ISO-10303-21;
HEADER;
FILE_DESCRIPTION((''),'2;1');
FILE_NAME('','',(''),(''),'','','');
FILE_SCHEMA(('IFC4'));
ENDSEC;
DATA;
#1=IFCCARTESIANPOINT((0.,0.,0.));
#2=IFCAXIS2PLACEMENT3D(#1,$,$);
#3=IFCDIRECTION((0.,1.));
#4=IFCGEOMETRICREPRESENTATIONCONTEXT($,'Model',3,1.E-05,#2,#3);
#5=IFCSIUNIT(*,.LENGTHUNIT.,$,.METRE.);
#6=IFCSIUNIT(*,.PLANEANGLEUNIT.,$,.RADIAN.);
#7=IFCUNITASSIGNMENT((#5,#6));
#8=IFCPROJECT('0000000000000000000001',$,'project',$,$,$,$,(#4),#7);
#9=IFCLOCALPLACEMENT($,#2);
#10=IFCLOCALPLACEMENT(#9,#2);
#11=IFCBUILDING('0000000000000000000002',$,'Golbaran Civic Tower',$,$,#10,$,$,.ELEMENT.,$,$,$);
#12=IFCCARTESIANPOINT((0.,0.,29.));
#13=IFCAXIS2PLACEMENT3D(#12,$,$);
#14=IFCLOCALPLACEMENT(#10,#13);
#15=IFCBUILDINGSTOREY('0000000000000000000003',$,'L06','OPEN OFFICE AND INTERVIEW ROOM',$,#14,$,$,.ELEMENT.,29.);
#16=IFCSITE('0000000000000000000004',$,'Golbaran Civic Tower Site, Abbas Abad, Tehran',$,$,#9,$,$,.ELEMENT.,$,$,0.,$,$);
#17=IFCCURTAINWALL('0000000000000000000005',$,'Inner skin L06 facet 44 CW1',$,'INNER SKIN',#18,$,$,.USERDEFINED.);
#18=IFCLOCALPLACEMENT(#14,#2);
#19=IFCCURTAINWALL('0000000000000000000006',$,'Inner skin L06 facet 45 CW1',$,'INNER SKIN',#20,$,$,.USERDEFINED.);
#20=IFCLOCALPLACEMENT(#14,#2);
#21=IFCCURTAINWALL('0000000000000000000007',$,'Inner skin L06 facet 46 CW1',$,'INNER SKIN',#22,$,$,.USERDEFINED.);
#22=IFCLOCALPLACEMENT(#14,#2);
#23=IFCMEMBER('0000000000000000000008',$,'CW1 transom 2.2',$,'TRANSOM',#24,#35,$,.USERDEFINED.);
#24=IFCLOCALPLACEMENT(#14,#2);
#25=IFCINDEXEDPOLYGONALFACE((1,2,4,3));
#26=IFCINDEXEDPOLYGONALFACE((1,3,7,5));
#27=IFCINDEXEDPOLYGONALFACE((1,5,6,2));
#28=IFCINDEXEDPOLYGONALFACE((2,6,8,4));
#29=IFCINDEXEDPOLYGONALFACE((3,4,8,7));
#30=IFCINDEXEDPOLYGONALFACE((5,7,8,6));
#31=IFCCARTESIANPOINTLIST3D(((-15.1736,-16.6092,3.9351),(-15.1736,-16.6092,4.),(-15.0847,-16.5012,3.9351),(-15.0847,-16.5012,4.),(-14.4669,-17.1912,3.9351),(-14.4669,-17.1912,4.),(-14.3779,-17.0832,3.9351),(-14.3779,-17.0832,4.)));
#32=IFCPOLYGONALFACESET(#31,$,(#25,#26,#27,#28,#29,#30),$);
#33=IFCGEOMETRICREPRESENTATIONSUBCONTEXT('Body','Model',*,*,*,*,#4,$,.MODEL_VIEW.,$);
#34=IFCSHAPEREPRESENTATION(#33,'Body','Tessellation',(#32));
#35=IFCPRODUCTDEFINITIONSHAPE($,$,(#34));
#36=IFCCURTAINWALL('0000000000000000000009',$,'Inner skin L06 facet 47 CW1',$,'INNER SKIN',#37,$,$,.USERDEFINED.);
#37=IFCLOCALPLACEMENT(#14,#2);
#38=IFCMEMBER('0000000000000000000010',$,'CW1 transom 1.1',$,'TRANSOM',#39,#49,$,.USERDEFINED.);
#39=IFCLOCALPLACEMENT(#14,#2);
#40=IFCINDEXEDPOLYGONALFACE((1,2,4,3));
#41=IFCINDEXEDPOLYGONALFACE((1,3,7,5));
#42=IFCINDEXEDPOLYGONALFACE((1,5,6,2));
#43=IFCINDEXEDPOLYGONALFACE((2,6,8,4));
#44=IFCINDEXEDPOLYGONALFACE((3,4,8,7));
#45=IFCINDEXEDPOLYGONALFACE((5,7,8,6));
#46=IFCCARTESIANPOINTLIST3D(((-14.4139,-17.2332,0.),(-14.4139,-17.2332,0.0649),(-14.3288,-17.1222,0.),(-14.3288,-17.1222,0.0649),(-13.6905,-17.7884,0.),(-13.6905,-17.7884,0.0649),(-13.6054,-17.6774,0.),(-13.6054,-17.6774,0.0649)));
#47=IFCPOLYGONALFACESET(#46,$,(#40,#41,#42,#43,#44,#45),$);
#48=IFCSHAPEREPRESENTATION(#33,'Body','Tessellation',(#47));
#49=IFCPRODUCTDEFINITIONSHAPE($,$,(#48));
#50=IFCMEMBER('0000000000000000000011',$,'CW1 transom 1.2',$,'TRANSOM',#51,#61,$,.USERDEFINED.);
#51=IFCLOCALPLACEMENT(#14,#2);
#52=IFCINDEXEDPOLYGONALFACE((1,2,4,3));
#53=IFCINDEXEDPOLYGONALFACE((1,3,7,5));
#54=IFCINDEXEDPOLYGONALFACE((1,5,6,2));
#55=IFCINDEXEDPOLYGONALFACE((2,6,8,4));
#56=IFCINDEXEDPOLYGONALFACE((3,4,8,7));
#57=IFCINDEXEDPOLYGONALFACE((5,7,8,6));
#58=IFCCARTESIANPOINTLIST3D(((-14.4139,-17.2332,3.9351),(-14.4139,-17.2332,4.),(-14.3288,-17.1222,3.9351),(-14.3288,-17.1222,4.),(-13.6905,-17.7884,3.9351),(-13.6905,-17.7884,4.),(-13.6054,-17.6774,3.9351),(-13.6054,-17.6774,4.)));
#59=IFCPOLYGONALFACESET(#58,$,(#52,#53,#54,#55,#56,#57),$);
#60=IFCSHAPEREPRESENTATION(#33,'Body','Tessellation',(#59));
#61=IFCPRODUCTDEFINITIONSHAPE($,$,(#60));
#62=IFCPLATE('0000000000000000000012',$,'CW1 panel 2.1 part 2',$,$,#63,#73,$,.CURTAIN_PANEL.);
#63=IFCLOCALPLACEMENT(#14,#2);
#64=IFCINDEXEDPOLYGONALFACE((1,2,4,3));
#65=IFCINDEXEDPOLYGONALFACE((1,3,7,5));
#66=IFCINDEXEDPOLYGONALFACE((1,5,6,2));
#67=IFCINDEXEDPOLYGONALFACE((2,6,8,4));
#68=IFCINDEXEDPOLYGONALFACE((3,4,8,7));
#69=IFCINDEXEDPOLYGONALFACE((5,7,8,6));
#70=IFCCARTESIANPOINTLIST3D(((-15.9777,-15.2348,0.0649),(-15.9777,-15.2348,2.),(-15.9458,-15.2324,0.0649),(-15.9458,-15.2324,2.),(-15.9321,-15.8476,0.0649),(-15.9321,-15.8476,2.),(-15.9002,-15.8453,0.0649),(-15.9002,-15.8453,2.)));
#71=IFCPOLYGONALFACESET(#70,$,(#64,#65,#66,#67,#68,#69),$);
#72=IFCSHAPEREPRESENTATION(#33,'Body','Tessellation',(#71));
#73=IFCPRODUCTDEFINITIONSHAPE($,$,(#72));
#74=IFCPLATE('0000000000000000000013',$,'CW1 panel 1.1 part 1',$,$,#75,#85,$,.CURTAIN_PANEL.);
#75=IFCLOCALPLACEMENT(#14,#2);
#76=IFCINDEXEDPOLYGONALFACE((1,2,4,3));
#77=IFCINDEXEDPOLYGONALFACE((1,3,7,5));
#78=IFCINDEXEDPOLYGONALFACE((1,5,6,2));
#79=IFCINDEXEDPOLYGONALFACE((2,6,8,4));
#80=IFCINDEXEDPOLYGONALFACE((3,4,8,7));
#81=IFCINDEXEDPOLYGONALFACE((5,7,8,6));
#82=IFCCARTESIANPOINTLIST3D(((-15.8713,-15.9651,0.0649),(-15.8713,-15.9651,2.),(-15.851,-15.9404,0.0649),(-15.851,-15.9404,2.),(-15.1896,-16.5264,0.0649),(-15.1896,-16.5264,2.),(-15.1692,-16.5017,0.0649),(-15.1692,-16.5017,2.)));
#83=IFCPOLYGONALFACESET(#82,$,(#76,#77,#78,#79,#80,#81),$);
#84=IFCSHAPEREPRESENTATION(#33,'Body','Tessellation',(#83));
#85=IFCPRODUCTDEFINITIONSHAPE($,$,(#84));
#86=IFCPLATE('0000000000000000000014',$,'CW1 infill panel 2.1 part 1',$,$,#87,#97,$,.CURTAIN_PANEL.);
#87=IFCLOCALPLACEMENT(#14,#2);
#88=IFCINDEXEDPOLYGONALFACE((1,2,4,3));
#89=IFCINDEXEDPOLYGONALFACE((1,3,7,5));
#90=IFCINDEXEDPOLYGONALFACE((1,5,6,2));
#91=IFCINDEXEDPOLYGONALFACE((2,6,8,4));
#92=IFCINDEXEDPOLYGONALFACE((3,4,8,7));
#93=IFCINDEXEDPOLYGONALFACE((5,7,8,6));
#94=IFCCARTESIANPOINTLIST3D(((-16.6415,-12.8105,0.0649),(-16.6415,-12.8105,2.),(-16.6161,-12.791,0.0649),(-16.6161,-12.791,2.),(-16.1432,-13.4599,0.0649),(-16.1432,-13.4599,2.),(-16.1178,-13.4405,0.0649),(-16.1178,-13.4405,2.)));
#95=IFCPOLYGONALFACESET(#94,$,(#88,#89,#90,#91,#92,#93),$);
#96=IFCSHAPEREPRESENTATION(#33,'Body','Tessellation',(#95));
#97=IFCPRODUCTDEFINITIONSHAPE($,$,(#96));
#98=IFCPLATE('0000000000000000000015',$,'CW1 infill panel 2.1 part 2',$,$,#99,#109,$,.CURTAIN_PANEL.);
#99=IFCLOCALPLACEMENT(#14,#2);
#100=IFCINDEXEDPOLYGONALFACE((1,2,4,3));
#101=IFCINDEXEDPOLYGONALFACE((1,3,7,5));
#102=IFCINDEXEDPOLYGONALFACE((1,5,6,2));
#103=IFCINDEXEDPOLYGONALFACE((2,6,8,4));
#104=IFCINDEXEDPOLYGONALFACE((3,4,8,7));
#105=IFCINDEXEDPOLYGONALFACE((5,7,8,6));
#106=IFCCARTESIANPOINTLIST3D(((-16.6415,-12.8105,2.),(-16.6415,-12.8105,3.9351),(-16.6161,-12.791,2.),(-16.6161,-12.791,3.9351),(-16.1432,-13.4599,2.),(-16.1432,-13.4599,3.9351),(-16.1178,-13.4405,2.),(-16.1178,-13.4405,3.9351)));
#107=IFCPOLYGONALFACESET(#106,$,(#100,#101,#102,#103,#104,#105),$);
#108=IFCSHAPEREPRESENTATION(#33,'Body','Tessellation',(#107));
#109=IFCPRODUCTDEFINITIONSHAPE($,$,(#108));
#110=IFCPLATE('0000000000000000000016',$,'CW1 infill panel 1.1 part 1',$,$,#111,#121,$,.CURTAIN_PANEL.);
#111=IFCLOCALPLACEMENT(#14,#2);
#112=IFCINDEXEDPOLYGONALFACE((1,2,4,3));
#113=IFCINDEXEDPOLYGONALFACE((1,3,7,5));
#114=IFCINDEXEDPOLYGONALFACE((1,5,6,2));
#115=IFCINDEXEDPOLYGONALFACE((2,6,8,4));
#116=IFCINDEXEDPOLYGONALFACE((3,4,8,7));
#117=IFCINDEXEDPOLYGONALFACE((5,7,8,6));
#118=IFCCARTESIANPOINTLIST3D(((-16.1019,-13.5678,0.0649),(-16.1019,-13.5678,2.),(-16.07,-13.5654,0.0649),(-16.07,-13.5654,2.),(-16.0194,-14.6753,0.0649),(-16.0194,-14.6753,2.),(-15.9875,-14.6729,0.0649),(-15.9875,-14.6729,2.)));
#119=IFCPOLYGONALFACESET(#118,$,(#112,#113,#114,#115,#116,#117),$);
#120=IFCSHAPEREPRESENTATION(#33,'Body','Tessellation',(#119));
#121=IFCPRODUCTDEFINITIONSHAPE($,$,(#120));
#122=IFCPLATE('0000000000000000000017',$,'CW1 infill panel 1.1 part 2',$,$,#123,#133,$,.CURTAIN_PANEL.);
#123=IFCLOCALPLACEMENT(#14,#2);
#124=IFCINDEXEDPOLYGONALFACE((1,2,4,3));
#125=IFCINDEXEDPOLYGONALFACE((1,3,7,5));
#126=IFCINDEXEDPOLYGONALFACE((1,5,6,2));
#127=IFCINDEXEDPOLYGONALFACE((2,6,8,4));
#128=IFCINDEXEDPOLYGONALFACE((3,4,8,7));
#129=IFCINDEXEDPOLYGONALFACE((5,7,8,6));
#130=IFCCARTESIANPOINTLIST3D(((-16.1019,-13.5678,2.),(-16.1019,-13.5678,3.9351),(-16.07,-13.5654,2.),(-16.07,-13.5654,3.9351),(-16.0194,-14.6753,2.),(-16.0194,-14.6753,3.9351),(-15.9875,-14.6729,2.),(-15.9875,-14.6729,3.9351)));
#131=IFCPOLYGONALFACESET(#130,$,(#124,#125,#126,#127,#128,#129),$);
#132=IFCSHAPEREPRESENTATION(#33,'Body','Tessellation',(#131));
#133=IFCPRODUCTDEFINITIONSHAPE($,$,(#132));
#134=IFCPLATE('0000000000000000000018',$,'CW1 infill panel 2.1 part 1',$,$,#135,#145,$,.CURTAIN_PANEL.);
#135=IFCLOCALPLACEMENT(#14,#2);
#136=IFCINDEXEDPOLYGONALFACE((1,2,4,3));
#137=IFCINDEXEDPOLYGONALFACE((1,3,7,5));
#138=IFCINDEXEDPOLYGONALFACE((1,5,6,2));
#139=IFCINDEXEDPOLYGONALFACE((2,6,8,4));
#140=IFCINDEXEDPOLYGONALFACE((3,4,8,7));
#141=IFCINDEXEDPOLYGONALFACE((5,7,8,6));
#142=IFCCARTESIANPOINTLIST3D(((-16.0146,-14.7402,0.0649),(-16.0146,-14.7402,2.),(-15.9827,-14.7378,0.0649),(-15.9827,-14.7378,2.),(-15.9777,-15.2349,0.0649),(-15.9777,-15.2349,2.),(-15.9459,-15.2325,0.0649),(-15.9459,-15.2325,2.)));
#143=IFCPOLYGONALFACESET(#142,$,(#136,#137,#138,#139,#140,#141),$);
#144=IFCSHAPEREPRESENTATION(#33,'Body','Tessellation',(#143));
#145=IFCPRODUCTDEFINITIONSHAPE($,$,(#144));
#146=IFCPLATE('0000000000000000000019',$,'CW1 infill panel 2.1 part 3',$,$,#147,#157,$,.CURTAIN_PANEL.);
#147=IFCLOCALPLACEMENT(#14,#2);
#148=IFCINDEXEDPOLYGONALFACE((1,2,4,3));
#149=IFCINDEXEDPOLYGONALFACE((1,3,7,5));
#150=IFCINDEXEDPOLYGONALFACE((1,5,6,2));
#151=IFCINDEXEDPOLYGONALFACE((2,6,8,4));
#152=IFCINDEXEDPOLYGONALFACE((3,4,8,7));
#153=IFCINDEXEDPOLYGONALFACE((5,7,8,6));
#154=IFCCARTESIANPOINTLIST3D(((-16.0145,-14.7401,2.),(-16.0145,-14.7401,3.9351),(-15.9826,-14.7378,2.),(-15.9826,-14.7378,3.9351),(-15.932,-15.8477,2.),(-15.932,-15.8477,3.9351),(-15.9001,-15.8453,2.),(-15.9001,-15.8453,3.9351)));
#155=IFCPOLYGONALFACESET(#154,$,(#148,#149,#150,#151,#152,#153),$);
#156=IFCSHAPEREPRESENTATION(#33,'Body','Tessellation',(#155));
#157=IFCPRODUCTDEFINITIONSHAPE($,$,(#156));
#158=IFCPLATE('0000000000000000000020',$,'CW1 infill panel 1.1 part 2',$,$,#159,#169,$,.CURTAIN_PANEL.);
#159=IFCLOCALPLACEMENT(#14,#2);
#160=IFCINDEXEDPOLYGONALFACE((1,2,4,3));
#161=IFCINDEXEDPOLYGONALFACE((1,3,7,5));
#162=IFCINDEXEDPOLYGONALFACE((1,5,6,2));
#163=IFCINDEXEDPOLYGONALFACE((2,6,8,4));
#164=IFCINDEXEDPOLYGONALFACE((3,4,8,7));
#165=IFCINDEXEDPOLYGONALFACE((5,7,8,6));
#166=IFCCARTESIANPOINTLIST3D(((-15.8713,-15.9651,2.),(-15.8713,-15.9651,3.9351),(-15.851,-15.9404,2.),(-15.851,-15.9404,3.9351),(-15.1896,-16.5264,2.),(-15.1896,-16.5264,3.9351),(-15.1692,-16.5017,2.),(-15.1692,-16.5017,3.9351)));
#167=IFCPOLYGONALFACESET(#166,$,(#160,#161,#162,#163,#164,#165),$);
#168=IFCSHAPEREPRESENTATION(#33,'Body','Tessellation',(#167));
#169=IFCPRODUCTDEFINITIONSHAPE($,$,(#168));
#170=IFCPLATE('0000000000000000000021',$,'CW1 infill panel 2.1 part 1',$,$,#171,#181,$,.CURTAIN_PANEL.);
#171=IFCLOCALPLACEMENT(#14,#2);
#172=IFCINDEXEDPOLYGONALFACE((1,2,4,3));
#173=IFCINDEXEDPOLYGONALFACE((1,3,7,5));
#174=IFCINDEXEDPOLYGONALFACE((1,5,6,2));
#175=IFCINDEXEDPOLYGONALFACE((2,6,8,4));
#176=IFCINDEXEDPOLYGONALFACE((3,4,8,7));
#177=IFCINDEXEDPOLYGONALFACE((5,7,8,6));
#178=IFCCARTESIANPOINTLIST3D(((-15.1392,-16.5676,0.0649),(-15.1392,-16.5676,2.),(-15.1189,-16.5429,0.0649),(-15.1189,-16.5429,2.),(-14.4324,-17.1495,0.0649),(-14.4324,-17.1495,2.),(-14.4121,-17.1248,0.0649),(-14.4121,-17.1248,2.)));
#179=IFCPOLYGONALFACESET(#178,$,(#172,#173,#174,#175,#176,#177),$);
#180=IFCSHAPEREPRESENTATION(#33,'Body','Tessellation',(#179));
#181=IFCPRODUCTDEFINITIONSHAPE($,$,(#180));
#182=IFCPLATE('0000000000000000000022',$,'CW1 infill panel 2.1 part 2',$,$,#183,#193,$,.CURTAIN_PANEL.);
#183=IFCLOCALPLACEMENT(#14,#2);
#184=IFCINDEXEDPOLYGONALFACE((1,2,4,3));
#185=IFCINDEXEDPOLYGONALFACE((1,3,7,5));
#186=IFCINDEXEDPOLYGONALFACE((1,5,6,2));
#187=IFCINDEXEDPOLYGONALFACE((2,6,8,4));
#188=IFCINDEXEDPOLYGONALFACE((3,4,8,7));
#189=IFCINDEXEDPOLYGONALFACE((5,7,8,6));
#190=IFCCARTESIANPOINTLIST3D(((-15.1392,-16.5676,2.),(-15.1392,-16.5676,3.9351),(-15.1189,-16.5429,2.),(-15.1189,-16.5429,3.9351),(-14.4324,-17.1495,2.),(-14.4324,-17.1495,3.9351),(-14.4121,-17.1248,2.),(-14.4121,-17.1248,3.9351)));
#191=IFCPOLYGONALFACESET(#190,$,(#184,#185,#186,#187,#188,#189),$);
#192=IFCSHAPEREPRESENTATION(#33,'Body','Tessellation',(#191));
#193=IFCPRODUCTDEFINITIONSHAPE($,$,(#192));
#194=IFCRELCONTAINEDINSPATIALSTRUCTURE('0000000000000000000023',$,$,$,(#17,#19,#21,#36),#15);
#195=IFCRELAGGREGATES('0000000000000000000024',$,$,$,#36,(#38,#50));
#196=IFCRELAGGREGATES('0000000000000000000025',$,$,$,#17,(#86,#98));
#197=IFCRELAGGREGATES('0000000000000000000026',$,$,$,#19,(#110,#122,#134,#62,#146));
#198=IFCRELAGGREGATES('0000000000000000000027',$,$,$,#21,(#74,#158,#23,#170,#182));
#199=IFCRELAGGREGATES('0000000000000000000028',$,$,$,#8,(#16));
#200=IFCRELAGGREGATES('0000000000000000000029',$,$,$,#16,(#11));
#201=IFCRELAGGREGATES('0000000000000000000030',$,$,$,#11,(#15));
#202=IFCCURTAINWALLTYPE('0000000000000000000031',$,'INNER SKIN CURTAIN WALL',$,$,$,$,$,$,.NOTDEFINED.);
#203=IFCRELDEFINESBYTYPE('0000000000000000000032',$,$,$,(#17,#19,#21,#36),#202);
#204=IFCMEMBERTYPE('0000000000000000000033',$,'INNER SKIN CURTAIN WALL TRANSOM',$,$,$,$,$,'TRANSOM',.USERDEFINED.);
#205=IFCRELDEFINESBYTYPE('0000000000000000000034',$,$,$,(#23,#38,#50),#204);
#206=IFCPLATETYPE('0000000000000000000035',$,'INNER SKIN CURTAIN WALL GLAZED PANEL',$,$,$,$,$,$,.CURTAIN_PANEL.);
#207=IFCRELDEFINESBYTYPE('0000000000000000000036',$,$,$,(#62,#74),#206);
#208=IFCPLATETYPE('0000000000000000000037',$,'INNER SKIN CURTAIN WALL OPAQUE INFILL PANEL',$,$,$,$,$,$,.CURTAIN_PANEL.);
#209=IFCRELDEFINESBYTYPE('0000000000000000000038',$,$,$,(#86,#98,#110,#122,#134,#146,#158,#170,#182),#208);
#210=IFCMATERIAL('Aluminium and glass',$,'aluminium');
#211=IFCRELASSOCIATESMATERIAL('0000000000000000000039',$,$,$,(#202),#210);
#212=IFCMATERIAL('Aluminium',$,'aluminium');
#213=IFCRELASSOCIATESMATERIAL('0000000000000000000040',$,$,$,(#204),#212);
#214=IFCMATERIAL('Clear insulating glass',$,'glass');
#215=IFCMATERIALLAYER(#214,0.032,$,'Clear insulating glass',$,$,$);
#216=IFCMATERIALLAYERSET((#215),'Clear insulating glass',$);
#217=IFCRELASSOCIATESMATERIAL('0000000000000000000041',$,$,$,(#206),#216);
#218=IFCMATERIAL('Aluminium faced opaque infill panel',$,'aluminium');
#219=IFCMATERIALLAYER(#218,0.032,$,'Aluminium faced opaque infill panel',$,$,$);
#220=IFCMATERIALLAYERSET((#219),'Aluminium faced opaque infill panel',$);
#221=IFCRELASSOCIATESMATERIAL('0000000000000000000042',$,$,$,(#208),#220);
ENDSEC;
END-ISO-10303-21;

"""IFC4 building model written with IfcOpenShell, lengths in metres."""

from ifc_helpers import new_model, si_unit, direction, frame, origin, origin_2d, place, context, subcontext, project, spatial, rectangle, extrude, material, layer, layer_set, material_profile, profile_set, type_object, element, aggregate, save


model = new_model("IFC4")

# Units and contexts
model_context = context("Model", 3, precision=1e-05, world=origin(), true_north=direction((0.0, 1.0)))
body_context = subcontext(model_context, "Body", "Model", "MODEL_VIEW")
ifc_project = project(units=[si_unit("LENGTHUNIT", "METRE"), si_unit("PLANEANGLEUNIT", "RADIAN")], contexts=[model_context])

# Site, building, storey
site_placement = place(None, origin())
site = spatial("IfcSite", under=ifc_project, at=site_placement, Name="Golbaran Civic Tower Site, Abbas Abad, Tehran", CompositionType="ELEMENT", RefElevation=0.0)
building_placement = place(site_placement, origin())
building = spatial("IfcBuilding", under=site, at=building_placement, Name="Golbaran Civic Tower", CompositionType="ELEMENT")
storey_placement = place(building_placement, frame((0.0, 0.0, 29.0)))
storey = spatial("IfcBuildingStorey", under=building, at=storey_placement, Name="L06", Description="OPEN OFFICE AND INTERVIEW ROOM", CompositionType="ELEMENT", Elevation=29.0)

# Curtain wall
ifc_material_1 = material(Name="Aluminium and glass", Category="aluminium")
curtain_wall_type = type_object("IfcCurtainWallType", Name="INNER SKIN CURTAIN WALL", PredefinedType="NOTDEFINED", material=ifc_material_1)
curtain_wall_1_placement = place(storey_placement, origin())
curtain_wall_1 = element("IfcCurtainWall", 1, at=curtain_wall_1_placement, inside=storey, type_object=curtain_wall_type, Name="Inner skin L06 facet 44 CW1", ObjectType="INNER SKIN", PredefinedType="USERDEFINED")
ifc_material_2 = material(Name="Aluminium", Category="aluminium")

# Curtain walls
curtain_wall_2_placement = place(storey_placement, origin())
curtain_wall_2 = element("IfcCurtainWall", 2, at=curtain_wall_2_placement, inside=storey, type_object=curtain_wall_type, Name="Inner skin L06 facet 45 CW1", ObjectType="INNER SKIN", PredefinedType="USERDEFINED")
curtain_wall_3_placement = place(storey_placement, origin())
curtain_wall_3 = element("IfcCurtainWall", 3, at=curtain_wall_3_placement, inside=storey, type_object=curtain_wall_type, Name="Inner skin L06 facet 46 CW1", ObjectType="INNER SKIN", PredefinedType="USERDEFINED")

# Member
ifc_material_profile_1 = material_profile(ifc_material_2, rectangle(XDim=0.1399, YDim=0.0649, at=origin_2d()), Name="INNER SKIN CURTAIN WALL TRANSOM")
ifc_profile_set_1 = profile_set([ifc_material_profile_1], Name="Aluminium")
member_type_1 = type_object("IfcMemberType", Name="INNER SKIN CURTAIN WALL TRANSOM", ElementType="TRANSOM", PredefinedType="USERDEFINED", material=ifc_profile_set_1)
member_1_placement = place(storey_placement, frame((-15.1292, -16.5552, 3.9675), z_axis=(0.771946, -0.635689, 0.0), x_axis=(0.635689, 0.771946, 0.0)))
member_1 = element("IfcMember", 4, at=member_1_placement, type_object=member_type_1, Name="CW1 transom 2.2", ObjectType="TRANSOM", PredefinedType="USERDEFINED", context=body_context, shape_type="SweptSolid", body=[
    extrude(rectangle(XDim=0.1399, YDim=0.0649, at=origin_2d()), origin(), (0.0, 0.0, 1.0), 0.9155),
])

# Curtain wall, members
curtain_wall_4_placement = place(storey_placement, origin())
curtain_wall_4 = element("IfcCurtainWall", 5, at=curtain_wall_4_placement, inside=storey, type_object=curtain_wall_type, Name="Inner skin L06 facet 47 CW1", ObjectType="INNER SKIN", PredefinedType="USERDEFINED")
member_2_placement = place(storey_placement, frame((-14.3713, -17.1777, 0.0325), z_axis=(0.7933, -0.608831, 0.0), x_axis=(0.608831, 0.7933, 0.0)))
member_2 = element("IfcMember", 6, at=member_2_placement, type_object=member_type_1, Name="CW1 transom 1.1", ObjectType="TRANSOM", PredefinedType="USERDEFINED", context=body_context, shape_type="SweptSolid", body=[
    extrude(rectangle(XDim=0.1399, YDim=0.0649, at=origin_2d()), origin(), (0.0, 0.0, 1.0), 0.9119),
])
member_3_placement = place(storey_placement, frame((-14.3713, -17.1777, 3.9675), z_axis=(0.7933, -0.608831, 0.0), x_axis=(0.608831, 0.7933, 0.0)))
member_3 = element("IfcMember", 7, at=member_3_placement, type_object=member_type_1, Name="CW1 transom 1.2", ObjectType="TRANSOM", PredefinedType="USERDEFINED", context=body_context, shape_type="SweptSolid", body=[
    extrude(rectangle(XDim=0.1399, YDim=0.0649, at=origin_2d()), origin(), (0.0, 0.0, 1.0), 0.9119),
])
aggregate(curtain_wall_4, [member_2, member_3])

# Plates
ifc_material_3 = material(Name="Clear insulating glass", Category="glass")
ifc_layer_1 = layer(ifc_material_3, 0.032, Name="Clear insulating glass")
ifc_layer_set_1 = layer_set([ifc_layer_1], Name="Clear insulating glass")
plate_type_1 = type_object("IfcPlateType", Name="INNER SKIN CURTAIN WALL GLAZED PANEL", PredefinedType="CURTAIN_PANEL", material=ifc_layer_set_1)
plate_1_placement = place(storey_placement, frame((-15.939, -15.54, 0.0649), z_axis=(0.0, 0.0, 1.0), x_axis=(0.074267, -0.997238, 0.0)))
plate_1 = element("IfcPlate", 8, at=plate_1_placement, type_object=plate_type_1, Name="CW1 panel 2.1 part 2", PredefinedType="CURTAIN_PANEL", context=body_context, shape_type="SweptSolid", body=[
    extrude(rectangle(XDim=0.6145, YDim=0.032, at=origin_2d()), origin(), (0.0, 0.0, 1.0), 1.9351),
])
plate_2_placement = place(storey_placement, frame((-15.5203, -16.2334, 0.0649), z_axis=(0.0, 0.0, 1.0), x_axis=(0.772032, -0.635583, 0.0)))
plate_2 = element("IfcPlate", 9, at=plate_2_placement, type_object=plate_type_1, Name="CW1 panel 1.1 part 1", PredefinedType="CURTAIN_PANEL", context=body_context, shape_type="SweptSolid", body=[
    extrude(rectangle(XDim=0.8831, YDim=0.032, at=origin_2d()), origin(), (0.0, 0.0, 1.0), 1.9351),
])
ifc_material_4 = material(Name="Aluminium faced opaque infill panel", Category="aluminium")
ifc_layer_2 = layer(ifc_material_4, 0.032, Name="Aluminium faced opaque infill panel")
ifc_layer_set_2 = layer_set([ifc_layer_2], Name="Aluminium faced opaque infill panel")
plate_type_2 = type_object("IfcPlateType", Name="INNER SKIN CURTAIN WALL OPAQUE INFILL PANEL", PredefinedType="CURTAIN_PANEL", material=ifc_layer_set_2)
plate_3_placement = place(storey_placement, frame((-16.3796, -13.1255, 0.0649), z_axis=(0.0, 0.0, 1.0), x_axis=(0.608761, -0.793353, 0.0)))
plate_3 = element("IfcPlate", 10, at=plate_3_placement, type_object=plate_type_2, Name="CW1 infill panel 2.1 part 1", PredefinedType="CURTAIN_PANEL", context=body_context, shape_type="SweptSolid", body=[
    extrude(rectangle(XDim=0.8186, YDim=0.032, at=origin_2d()), origin(), (0.0, 0.0, 1.0), 1.9351),
])
plate_4_placement = place(storey_placement, frame((-16.3796, -13.1255, 2.0), z_axis=(0.0, 0.0, 1.0), x_axis=(0.608761, -0.793353, 0.0)))
plate_4 = element("IfcPlate", 11, at=plate_4_placement, type_object=plate_type_2, Name="CW1 infill panel 2.1 part 2", PredefinedType="CURTAIN_PANEL", context=body_context, shape_type="SweptSolid", body=[
    extrude(rectangle(XDim=0.8186, YDim=0.032, at=origin_2d()), origin(), (0.0, 0.0, 1.0), 1.9351),
])
aggregate(curtain_wall_1, [plate_3, plate_4])
plate_5_placement = place(storey_placement, frame((-16.0447, -14.1204, 0.0649), z_axis=(0.0, 0.0, 1.0), x_axis=(0.074267, -0.997238, 0.0)))
plate_5 = element("IfcPlate", 12, at=plate_5_placement, type_object=plate_type_2, Name="CW1 infill panel 1.1 part 1", PredefinedType="CURTAIN_PANEL", context=body_context, shape_type="SweptSolid", body=[
    extrude(rectangle(XDim=1.1106, YDim=0.032, at=origin_2d()), origin(), (0.0, 0.0, 1.0), 1.9351),
])
plate_6_placement = place(storey_placement, frame((-16.0447, -14.1204, 2.0), z_axis=(0.0, 0.0, 1.0), x_axis=(0.074267, -0.997238, 0.0)))
plate_6 = element("IfcPlate", 13, at=plate_6_placement, type_object=plate_type_2, Name="CW1 infill panel 1.1 part 2", PredefinedType="CURTAIN_PANEL", context=body_context, shape_type="SweptSolid", body=[
    extrude(rectangle(XDim=1.1106, YDim=0.032, at=origin_2d()), origin(), (0.0, 0.0, 1.0), 1.9351),
])
plate_7_placement = place(storey_placement, frame((-15.9802, -14.9863, 0.0649), z_axis=(0.0, 0.0, 1.0), x_axis=(0.074267, -0.997238, 0.0)))
plate_7 = element("IfcPlate", 14, at=plate_7_placement, type_object=plate_type_2, Name="CW1 infill panel 2.1 part 1", PredefinedType="CURTAIN_PANEL", context=body_context, shape_type="SweptSolid", body=[
    extrude(rectangle(XDim=0.4961, YDim=0.032, at=origin_2d()), origin(), (0.0, 0.0, 1.0), 1.9351),
])
plate_8_placement = place(storey_placement, frame((-15.9573, -15.2927, 2.0), z_axis=(0.0, 0.0, 1.0), x_axis=(0.074267, -0.997238, 0.0)))
plate_8 = element("IfcPlate", 15, at=plate_8_placement, type_object=plate_type_2, Name="CW1 infill panel 2.1 part 3", PredefinedType="CURTAIN_PANEL", context=body_context, shape_type="SweptSolid", body=[
    extrude(rectangle(XDim=1.1106, YDim=0.032, at=origin_2d()), origin(), (0.0, 0.0, 1.0), 1.9351),
])
aggregate(curtain_wall_2, [plate_5, plate_6, plate_7, plate_1, plate_8])
plate_9_placement = place(storey_placement, frame((-15.5203, -16.2334, 2.0), z_axis=(0.0, 0.0, 1.0), x_axis=(0.772032, -0.635583, 0.0)))
plate_9 = element("IfcPlate", 16, at=plate_9_placement, type_object=plate_type_2, Name="CW1 infill panel 1.1 part 2", PredefinedType="CURTAIN_PANEL", context=body_context, shape_type="SweptSolid", body=[
    extrude(rectangle(XDim=0.8831, YDim=0.032, at=origin_2d()), origin(), (0.0, 0.0, 1.0), 1.9351),
])
plate_10_placement = place(storey_placement, frame((-14.7756, -16.8462, 0.0649), z_axis=(0.0, 0.0, 1.0), x_axis=(0.772032, -0.635583, 0.0)))
plate_10 = element("IfcPlate", 17, at=plate_10_placement, type_object=plate_type_2, Name="CW1 infill panel 2.1 part 1", PredefinedType="CURTAIN_PANEL", context=body_context, shape_type="SweptSolid", body=[
    extrude(rectangle(XDim=0.9155, YDim=0.032, at=origin_2d()), origin(), (0.0, 0.0, 1.0), 1.9351),
])
plate_11_placement = place(storey_placement, frame((-14.7756, -16.8462, 2.0), z_axis=(0.0, 0.0, 1.0), x_axis=(0.772032, -0.635583, 0.0)))
plate_11 = element("IfcPlate", 18, at=plate_11_placement, type_object=plate_type_2, Name="CW1 infill panel 2.1 part 2", PredefinedType="CURTAIN_PANEL", context=body_context, shape_type="SweptSolid", body=[
    extrude(rectangle(XDim=0.9155, YDim=0.032, at=origin_2d()), origin(), (0.0, 0.0, 1.0), 1.9351),
])
aggregate(curtain_wall_3, [plate_2, plate_9, member_1, plate_10, plate_11])

save(model, "model.ifc")
